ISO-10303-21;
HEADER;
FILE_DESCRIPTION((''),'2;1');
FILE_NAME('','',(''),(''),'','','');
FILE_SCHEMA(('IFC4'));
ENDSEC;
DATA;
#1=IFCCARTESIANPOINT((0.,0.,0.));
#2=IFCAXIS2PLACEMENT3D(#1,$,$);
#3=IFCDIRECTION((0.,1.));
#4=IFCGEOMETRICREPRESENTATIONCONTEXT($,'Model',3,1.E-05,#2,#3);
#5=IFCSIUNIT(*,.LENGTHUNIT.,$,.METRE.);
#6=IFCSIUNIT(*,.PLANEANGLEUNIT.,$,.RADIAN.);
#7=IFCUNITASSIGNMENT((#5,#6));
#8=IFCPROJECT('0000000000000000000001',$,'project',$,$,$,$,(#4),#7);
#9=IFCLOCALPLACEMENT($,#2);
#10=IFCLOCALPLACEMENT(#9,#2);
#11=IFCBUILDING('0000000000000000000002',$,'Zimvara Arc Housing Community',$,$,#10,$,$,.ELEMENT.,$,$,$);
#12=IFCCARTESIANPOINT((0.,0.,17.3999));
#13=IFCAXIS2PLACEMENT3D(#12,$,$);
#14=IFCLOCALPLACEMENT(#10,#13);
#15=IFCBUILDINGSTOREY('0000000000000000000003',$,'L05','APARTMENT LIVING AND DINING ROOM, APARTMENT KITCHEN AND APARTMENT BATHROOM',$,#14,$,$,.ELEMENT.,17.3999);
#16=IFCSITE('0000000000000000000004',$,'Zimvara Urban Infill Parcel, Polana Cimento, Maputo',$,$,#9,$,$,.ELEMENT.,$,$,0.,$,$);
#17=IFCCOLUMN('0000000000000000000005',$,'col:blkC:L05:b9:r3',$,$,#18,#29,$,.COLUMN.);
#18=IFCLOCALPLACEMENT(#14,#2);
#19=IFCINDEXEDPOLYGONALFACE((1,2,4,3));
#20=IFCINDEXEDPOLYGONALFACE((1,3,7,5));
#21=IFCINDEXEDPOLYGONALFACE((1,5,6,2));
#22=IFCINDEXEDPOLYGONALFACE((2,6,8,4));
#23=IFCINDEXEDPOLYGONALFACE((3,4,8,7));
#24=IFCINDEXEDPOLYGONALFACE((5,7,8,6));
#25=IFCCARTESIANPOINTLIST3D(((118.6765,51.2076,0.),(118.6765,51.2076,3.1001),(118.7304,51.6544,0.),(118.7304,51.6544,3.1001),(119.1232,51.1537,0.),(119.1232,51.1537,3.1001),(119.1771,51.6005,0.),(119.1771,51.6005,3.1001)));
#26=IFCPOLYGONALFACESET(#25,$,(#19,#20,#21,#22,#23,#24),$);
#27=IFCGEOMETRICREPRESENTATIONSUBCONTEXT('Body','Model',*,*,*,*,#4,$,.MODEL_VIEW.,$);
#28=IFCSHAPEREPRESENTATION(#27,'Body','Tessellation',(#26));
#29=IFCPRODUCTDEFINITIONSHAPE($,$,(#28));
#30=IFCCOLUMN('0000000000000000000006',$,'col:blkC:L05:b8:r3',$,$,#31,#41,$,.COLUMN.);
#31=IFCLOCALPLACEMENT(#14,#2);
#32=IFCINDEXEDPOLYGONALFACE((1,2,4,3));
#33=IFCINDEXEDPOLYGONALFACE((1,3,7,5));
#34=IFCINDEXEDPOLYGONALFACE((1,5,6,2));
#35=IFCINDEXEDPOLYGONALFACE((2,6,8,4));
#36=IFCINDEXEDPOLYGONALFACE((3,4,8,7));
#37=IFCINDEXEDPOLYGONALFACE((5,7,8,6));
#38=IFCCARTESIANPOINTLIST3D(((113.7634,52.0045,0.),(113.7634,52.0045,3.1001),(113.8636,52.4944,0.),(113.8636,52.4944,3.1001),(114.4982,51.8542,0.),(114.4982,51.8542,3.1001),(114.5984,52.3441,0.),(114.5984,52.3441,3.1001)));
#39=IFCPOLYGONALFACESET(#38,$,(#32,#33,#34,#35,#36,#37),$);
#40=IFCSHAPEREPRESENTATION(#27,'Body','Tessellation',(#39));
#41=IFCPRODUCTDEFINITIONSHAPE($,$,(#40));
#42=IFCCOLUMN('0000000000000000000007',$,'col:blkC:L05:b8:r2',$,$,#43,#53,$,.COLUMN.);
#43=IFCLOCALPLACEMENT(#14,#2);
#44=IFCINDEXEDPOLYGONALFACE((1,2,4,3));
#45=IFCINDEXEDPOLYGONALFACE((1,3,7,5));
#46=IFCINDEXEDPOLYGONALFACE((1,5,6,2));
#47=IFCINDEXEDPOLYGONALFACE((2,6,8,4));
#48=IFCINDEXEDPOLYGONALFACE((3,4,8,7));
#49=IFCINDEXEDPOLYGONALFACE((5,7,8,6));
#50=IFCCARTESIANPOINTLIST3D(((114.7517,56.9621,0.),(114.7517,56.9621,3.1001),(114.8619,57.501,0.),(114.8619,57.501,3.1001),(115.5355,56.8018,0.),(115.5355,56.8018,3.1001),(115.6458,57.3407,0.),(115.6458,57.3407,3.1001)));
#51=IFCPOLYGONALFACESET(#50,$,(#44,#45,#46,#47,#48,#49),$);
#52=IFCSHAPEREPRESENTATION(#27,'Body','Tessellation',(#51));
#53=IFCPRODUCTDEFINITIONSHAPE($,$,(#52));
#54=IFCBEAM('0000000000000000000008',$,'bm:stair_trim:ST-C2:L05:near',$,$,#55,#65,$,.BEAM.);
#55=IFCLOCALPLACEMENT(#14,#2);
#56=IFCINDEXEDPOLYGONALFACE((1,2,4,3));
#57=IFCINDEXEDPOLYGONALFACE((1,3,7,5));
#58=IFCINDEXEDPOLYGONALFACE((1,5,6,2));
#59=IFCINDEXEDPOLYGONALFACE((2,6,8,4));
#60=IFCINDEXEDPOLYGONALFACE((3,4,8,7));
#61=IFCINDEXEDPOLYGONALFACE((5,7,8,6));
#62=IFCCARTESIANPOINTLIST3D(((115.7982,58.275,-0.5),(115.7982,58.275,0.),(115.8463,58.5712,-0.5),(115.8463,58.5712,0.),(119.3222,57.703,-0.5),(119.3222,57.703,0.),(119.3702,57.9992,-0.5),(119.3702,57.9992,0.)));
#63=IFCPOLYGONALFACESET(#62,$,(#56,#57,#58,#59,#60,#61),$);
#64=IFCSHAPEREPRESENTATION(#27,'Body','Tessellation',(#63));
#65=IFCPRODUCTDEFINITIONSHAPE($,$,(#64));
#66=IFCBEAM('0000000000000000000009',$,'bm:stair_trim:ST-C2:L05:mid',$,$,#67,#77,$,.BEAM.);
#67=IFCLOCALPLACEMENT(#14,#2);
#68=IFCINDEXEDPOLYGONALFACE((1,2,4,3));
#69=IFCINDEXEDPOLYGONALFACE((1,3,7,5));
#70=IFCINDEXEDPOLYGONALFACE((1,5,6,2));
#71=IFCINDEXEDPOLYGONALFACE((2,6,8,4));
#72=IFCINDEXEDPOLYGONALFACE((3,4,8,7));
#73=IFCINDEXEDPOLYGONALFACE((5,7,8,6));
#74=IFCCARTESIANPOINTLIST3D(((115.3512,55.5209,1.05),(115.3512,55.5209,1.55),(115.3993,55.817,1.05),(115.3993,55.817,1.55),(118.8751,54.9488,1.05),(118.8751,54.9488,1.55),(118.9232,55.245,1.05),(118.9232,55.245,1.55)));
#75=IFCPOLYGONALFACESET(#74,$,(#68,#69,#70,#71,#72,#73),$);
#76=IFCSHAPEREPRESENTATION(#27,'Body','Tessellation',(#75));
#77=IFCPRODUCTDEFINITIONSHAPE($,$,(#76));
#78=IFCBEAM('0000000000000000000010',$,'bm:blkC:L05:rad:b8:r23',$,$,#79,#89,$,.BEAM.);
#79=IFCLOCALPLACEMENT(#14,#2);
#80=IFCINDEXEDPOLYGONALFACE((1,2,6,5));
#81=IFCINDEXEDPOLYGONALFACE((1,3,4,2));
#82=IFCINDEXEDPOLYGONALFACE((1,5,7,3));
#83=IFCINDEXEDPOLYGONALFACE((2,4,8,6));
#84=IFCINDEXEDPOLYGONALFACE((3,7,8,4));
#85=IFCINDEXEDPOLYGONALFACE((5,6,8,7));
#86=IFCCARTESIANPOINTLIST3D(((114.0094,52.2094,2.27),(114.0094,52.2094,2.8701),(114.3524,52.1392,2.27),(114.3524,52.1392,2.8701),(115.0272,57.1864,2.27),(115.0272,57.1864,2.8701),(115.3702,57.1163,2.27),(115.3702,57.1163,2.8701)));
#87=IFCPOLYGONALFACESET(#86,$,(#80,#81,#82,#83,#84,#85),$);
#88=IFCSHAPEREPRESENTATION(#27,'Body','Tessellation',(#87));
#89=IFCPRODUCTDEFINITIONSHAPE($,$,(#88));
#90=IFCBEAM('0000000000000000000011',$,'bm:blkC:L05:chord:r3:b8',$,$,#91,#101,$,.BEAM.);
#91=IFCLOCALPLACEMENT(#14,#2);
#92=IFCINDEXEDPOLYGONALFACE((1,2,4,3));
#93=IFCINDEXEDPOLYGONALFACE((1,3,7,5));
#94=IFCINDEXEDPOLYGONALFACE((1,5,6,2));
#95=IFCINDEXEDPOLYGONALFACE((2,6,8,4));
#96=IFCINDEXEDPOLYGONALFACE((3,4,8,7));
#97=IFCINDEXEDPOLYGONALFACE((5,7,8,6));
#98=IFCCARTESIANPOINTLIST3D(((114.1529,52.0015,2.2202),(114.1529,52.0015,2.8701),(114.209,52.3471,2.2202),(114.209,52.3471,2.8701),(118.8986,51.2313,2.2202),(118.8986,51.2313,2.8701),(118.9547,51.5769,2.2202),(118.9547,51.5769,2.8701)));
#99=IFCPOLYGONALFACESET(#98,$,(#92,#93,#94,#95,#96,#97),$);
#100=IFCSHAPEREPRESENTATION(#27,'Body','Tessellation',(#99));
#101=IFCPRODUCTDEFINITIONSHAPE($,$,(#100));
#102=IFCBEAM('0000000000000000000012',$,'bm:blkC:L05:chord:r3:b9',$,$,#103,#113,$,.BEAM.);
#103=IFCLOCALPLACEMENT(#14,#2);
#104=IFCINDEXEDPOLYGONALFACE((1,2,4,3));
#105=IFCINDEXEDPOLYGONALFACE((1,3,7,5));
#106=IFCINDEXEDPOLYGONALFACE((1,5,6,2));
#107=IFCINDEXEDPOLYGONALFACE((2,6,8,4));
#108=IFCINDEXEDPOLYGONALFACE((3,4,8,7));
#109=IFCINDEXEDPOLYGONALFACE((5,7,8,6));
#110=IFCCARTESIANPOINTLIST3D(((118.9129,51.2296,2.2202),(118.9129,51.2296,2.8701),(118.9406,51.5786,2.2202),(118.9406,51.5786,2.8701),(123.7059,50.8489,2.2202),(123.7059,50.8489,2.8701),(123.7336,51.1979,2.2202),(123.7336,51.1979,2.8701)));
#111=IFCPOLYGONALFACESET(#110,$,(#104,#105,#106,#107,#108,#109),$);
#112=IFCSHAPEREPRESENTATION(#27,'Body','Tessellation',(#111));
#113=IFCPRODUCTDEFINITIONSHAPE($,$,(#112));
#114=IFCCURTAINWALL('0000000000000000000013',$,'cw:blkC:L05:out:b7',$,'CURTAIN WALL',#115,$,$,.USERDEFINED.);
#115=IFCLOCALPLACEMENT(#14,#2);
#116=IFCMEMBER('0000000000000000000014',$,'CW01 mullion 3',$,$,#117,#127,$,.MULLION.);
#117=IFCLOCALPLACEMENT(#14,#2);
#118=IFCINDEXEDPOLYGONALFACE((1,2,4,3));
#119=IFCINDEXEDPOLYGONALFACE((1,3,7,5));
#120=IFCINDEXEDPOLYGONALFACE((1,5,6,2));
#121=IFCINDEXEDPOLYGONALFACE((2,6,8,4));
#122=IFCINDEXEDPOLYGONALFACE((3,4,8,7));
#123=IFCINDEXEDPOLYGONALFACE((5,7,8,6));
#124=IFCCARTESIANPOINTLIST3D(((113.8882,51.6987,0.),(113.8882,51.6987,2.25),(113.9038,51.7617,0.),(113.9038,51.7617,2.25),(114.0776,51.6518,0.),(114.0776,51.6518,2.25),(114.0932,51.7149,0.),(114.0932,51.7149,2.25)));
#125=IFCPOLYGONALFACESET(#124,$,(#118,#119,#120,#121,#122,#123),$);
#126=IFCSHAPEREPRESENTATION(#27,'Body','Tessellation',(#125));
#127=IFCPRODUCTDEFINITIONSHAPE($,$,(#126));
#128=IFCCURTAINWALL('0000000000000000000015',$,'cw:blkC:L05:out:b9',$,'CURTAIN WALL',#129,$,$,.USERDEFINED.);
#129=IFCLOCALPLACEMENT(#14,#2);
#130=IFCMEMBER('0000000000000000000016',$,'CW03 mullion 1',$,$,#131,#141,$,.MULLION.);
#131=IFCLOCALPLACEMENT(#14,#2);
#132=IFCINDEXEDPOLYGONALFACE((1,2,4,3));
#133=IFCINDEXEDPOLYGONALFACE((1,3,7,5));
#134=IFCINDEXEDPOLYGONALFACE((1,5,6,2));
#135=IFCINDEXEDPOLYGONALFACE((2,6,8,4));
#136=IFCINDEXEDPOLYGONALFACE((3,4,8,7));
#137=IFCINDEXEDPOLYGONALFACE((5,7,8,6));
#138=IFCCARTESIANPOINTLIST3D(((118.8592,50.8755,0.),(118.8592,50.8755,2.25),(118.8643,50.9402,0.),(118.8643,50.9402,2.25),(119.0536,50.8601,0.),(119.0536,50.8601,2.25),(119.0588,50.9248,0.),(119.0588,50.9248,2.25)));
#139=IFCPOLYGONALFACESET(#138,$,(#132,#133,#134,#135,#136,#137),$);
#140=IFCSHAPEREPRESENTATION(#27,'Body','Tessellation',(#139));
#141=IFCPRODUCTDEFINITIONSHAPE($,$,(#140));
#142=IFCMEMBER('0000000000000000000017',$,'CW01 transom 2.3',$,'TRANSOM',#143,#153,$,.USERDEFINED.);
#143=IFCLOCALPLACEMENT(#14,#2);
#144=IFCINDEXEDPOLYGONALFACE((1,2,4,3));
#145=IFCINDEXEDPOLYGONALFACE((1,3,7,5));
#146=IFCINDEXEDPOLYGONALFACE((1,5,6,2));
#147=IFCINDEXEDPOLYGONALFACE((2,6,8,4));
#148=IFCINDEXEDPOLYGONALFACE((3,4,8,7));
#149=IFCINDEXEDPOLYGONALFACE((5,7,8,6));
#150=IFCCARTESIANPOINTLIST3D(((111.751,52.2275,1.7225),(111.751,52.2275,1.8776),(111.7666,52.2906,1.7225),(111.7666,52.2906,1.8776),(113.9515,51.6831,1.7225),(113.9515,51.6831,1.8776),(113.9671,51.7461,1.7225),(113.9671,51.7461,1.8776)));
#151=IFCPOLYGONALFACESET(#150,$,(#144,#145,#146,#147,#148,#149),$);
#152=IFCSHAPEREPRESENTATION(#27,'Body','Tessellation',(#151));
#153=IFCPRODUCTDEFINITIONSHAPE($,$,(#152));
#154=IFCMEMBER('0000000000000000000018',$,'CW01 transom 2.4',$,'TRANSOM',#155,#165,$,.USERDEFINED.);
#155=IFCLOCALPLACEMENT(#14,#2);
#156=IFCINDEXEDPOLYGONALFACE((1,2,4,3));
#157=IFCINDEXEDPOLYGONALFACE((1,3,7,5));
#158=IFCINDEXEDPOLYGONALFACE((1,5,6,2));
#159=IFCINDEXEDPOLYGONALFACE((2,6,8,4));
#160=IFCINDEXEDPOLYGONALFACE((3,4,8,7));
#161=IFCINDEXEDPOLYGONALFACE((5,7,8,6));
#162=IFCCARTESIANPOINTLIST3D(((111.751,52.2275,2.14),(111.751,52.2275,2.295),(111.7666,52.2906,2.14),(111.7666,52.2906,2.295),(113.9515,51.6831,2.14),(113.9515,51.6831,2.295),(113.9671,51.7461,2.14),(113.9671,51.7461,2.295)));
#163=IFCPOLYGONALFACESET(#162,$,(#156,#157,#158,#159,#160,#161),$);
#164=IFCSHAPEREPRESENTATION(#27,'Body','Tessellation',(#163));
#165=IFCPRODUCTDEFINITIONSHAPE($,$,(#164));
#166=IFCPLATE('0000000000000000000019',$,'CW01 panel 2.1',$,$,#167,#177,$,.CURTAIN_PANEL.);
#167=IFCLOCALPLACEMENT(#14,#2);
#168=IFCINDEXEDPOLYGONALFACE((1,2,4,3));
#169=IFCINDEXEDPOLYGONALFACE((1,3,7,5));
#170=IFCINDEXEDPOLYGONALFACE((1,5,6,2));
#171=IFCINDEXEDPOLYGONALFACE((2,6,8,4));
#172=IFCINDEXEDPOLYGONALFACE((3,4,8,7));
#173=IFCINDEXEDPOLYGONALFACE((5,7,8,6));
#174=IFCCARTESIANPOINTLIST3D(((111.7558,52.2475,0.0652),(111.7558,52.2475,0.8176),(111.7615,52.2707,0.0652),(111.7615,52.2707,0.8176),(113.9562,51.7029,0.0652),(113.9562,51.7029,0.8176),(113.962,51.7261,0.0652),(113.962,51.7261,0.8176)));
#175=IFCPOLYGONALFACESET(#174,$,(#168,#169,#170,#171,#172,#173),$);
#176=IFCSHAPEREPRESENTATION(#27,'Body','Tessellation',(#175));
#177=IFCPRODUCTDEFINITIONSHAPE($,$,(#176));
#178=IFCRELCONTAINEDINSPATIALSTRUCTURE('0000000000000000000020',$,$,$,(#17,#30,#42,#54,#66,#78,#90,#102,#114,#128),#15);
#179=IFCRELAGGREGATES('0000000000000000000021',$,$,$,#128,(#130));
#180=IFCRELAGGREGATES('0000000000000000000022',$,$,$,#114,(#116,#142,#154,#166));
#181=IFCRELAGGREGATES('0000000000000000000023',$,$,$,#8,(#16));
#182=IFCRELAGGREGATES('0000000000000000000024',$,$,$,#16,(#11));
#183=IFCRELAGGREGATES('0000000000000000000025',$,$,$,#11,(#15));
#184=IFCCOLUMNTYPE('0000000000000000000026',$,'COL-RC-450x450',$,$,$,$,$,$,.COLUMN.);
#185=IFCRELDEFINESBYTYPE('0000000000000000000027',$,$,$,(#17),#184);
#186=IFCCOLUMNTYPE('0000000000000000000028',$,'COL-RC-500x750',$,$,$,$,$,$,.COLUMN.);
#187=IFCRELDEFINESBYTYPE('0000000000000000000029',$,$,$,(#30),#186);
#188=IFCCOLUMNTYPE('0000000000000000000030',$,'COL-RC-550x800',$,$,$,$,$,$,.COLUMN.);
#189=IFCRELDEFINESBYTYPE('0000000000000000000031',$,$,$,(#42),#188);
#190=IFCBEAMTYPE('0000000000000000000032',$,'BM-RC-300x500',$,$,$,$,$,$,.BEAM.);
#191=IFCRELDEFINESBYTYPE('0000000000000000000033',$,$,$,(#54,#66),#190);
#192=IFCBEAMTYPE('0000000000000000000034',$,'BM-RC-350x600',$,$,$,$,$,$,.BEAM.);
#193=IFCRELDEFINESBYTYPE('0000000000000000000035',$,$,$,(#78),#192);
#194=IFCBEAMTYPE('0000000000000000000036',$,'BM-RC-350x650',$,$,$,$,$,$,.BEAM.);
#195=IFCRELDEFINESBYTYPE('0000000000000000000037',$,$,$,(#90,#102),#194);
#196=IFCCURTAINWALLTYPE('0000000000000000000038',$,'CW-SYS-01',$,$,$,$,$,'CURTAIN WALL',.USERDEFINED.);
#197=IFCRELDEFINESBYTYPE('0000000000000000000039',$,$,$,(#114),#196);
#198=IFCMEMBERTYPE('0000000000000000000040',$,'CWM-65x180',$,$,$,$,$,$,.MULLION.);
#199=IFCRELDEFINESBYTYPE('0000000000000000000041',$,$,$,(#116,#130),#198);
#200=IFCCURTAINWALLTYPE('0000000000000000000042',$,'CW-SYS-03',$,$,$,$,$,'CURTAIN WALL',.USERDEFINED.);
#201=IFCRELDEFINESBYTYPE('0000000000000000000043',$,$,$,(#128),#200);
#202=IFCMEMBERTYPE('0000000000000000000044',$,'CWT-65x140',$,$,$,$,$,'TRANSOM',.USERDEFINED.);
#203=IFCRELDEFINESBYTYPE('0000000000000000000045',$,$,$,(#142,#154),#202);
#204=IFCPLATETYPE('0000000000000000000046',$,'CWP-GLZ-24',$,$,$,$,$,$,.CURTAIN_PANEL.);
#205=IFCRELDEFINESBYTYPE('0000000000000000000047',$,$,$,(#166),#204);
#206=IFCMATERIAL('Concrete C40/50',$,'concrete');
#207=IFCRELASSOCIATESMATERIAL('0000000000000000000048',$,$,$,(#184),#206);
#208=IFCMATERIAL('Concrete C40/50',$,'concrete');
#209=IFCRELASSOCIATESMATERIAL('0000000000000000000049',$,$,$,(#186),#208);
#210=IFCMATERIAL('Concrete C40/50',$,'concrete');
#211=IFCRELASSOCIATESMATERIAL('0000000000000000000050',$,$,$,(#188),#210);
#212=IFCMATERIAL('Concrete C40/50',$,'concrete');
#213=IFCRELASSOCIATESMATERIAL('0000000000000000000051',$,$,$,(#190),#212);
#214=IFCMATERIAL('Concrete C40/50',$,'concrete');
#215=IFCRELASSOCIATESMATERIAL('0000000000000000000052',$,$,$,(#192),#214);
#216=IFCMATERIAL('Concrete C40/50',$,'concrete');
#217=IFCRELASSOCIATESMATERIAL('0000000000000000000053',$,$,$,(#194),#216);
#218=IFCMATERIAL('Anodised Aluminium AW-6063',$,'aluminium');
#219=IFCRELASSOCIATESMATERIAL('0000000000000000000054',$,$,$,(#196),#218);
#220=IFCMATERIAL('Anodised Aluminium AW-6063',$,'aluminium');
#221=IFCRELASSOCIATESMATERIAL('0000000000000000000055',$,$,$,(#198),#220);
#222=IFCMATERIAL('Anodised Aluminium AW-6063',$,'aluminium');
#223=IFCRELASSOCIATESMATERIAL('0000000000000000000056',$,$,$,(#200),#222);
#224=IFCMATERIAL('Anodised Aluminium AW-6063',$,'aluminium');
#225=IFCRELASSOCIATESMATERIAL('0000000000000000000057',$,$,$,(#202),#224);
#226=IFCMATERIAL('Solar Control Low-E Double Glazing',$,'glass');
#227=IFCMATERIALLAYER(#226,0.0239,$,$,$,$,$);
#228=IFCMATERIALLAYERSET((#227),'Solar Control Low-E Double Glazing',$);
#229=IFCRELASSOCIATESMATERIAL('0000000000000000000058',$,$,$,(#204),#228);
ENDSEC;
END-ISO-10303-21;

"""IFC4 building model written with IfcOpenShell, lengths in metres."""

from ifc_helpers import new_model, si_unit, direction, frame, origin, origin_2d, place, context, subcontext, project, spatial, rectangle, extrude, material, layer, layer_set, material_profile, profile_set, type_object, element, aggregate, save


model = new_model("IFC4")

# Units and contexts
model_context = context("Model", 3, precision=1e-05, world=origin(), true_north=direction((0.0, 1.0)))
body_context = subcontext(model_context, "Body", "Model", "MODEL_VIEW")
ifc_project = project(units=[si_unit("LENGTHUNIT", "METRE"), si_unit("PLANEANGLEUNIT", "RADIAN")], contexts=[model_context])

# Site, building, storey
site_placement = place(None, origin())
site = spatial("IfcSite", under=ifc_project, at=site_placement, Name="Zimvara Urban Infill Parcel, Polana Cimento, Maputo", CompositionType="ELEMENT", RefElevation=0.0)
building_placement = place(site_placement, origin())
building = spatial("IfcBuilding", under=site, at=building_placement, Name="Zimvara Arc Housing Community", CompositionType="ELEMENT")
storey_placement = place(building_placement, frame((0.0, 0.0, 17.3999)))
storey = spatial("IfcBuildingStorey", under=building, at=storey_placement, Name="L05", Description="APARTMENT LIVING AND DINING ROOM, APARTMENT KITCHEN AND APARTMENT BATHROOM", CompositionType="ELEMENT", Elevation=17.3999)

# Columns
ifc_material_1 = material(Name="Concrete C40/50", Category="concrete")
ifc_material_profile_1 = material_profile(ifc_material_1, rectangle(XDim=0.45, YDim=0.45, at=origin_2d()), Name="RC 450x450")
ifc_profile_set_1 = profile_set([ifc_material_profile_1], Name="Concrete C40/50")
column_type_1 = type_object("IfcColumnType", Name="COL-RC-450x450", PredefinedType="COLUMN", material=ifc_profile_set_1)
column_1_placement = place(storey_placement, frame((118.9268, 51.4041, 0.0), z_axis=(0.0, 0.0, 1.0), x_axis=(-0.11979, -0.992799, 0.0)))
element("IfcColumn", 1, at=column_1_placement, inside=storey, type_object=column_type_1, Name="col:blkC:L05:b9:r3", PredefinedType="COLUMN", context=body_context, shape_type="SweptSolid", body=[
    extrude(rectangle(XDim=0.45, YDim=0.45, at=origin_2d()), origin(), (0.0, 0.0, 1.0), 3.1001),
])
ifc_material_2 = material(Name="Concrete C40/50", Category="concrete")
ifc_material_profile_2 = material_profile(ifc_material_2, rectangle(XDim=0.5, YDim=0.75, at=origin_2d()), Name="RC 500x750")
ifc_profile_set_2 = profile_set([ifc_material_profile_2], Name="Concrete C40/50")
column_type_2 = type_object("IfcColumnType", Name="COL-RC-500x750", PredefinedType="COLUMN", material=ifc_profile_set_2)
column_2_placement = place(storey_placement, frame((114.1809, 52.1743, 0.0), z_axis=(0.0, 0.0, 1.0), x_axis=(-0.200394, -0.979715, 0.0)))
element("IfcColumn", 2, at=column_2_placement, inside=storey, type_object=column_type_2, Name="col:blkC:L05:b8:r3", PredefinedType="COLUMN", context=body_context, shape_type="SweptSolid", body=[
    extrude(rectangle(XDim=0.5, YDim=0.75, at=origin_2d()), origin(), (0.0, 0.0, 1.0), 3.1001),
])
ifc_material_3 = material(Name="Concrete C40/50", Category="concrete")
ifc_material_profile_3 = material_profile(ifc_material_3, rectangle(XDim=0.55, YDim=0.8, at=origin_2d()), Name="RC 550x800")
ifc_profile_set_3 = profile_set([ifc_material_profile_3], Name="Concrete C40/50")
column_type_3 = type_object("IfcColumnType", Name="COL-RC-550x800", PredefinedType="COLUMN", material=ifc_profile_set_3)
column_3_placement = place(storey_placement, frame((115.1987, 57.1514, 0.0), z_axis=(0.0, 0.0, 1.0), x_axis=(-0.200394, -0.979715, 0.0)))
element("IfcColumn", 3, at=column_3_placement, inside=storey, type_object=column_type_3, Name="col:blkC:L05:b8:r2", PredefinedType="COLUMN", context=body_context, shape_type="SweptSolid", body=[
    extrude(rectangle(XDim=0.55, YDim=0.8, at=origin_2d()), origin(), (0.0, 0.0, 1.0), 3.1001),
])

# Beams
ifc_material_4 = material(Name="Concrete C40/50", Category="concrete")
ifc_material_profile_4 = material_profile(ifc_material_4, rectangle(XDim=0.3, YDim=0.5, at=origin_2d()), Name="RC 300x500")
ifc_profile_set_4 = profile_set([ifc_material_profile_4], Name="Concrete C40/50")
beam_type_1 = type_object("IfcBeamType", Name="BM-RC-300x500", PredefinedType="BEAM", material=ifc_profile_set_4)
for number, where, z_axis, x_axis, name in (
    (4, (115.8223, 58.4231, -0.25), (0.98708, -0.160228, 0.0), (0.160228, 0.98708, 0.0), "bm:stair_trim:ST-C2:L05:near"),
    (5, (115.3752, 55.6689, 1.3), (0.98708, -0.160228, 0.0), (0.160228, 0.98708, 0.0), "bm:stair_trim:ST-C2:L05:mid"),
):
    element("IfcBeam", number, at=place(storey_placement, frame(where, z_axis=z_axis, x_axis=x_axis)), inside=storey, type_object=beam_type_1, Name=name, PredefinedType="BEAM", context=body_context, shape_type="SweptSolid", body=[
        extrude(rectangle(XDim=0.3, YDim=0.5, at=origin_2d()), origin(), (0.0, 0.0, 1.0), 3.5701),
    ])
ifc_material_5 = material(Name="Concrete C40/50", Category="concrete")
ifc_material_profile_5 = material_profile(ifc_material_5, rectangle(XDim=0.3501, YDim=0.6001, at=origin_2d()), Name="RC 350x600")
ifc_profile_set_5 = profile_set([ifc_material_profile_5], Name="Concrete C40/50")
beam_type_2 = type_object("IfcBeamType", Name="BM-RC-350x600", PredefinedType="BEAM", material=ifc_profile_set_5)
beam_1_placement = place(storey_placement, frame((115.1987, 57.1514, 2.5701), z_axis=(-0.200356, -0.979723, 0.0), x_axis=(0.979723, -0.200356, 0.0)))
element("IfcBeam", 6, at=beam_1_placement, inside=storey, type_object=beam_type_2, Name="bm:blkC:L05:rad:b8:r23", PredefinedType="BEAM", context=body_context, shape_type="SweptSolid", body=[
    extrude(rectangle(XDim=0.3501, YDim=0.6001, at=origin_2d()), origin(), (0.0, 0.0, 1.0), 5.0801),
])
ifc_material_6 = material(Name="Concrete C40/50", Category="concrete")
ifc_material_profile_6 = material_profile(ifc_material_6, rectangle(XDim=0.3501, YDim=0.6499, at=origin_2d()), Name="RC 350x650")
ifc_profile_set_6 = profile_set([ifc_material_profile_6], Name="Concrete C40/50")
beam_type_3 = type_object("IfcBeamType", Name="BM-RC-350x650", PredefinedType="BEAM", material=ifc_profile_set_6)
beam_2_placement = place(storey_placement, frame((114.1809, 52.1743, 2.5452), z_axis=(0.987084, -0.160206, 0.0), x_axis=(0.160206, 0.987084, 0.0)))
element("IfcBeam", 7, at=beam_2_placement, inside=storey, type_object=beam_type_3, Name="bm:blkC:L05:chord:r3:b8", PredefinedType="BEAM", context=body_context, shape_type="SweptSolid", body=[
    extrude(rectangle(XDim=0.3501, YDim=0.6499, at=origin_2d()), origin(), (0.0, 0.0, 1.0), 4.8079),
])
beam_3_placement = place(storey_placement, frame((118.9268, 51.4041, 2.5452), z_axis=(0.996862, -0.079162, 0.0), x_axis=(0.079162, 0.996862, 0.0)))
element("IfcBeam", 8, at=beam_3_placement, inside=storey, type_object=beam_type_3, Name="bm:blkC:L05:chord:r3:b9", PredefinedType="BEAM", context=body_context, shape_type="SweptSolid", body=[
    extrude(rectangle(XDim=0.3501, YDim=0.6499, at=origin_2d()), origin(), (0.0, 0.0, 1.0), 4.8081),
])

# Curtain walls, members
ifc_material_7 = material(Name="Anodised Aluminium AW-6063", Category="aluminium")
curtain_wall_type_1 = type_object("IfcCurtainWallType", Name="CW-SYS-01", ElementType="CURTAIN WALL", PredefinedType="USERDEFINED", material=ifc_material_7)
curtain_wall_1_placement = place(storey_placement, origin())
curtain_wall_1 = element("IfcCurtainWall", 9, at=curtain_wall_1_placement, inside=storey, type_object=curtain_wall_type_1, Name="cw:blkC:L05:out:b7", ObjectType="CURTAIN WALL", PredefinedType="USERDEFINED")
ifc_material_8 = material(Name="Anodised Aluminium AW-6063", Category="aluminium")
ifc_material_profile_7 = material_profile(ifc_material_8, rectangle(XDim=0.0649, YDim=0.1951, at=origin_2d()), Name="ALU 65x195")
ifc_profile_set_7 = profile_set([ifc_material_profile_7], Name="Anodised Aluminium AW-6063")
member_type_1 = type_object("IfcMemberType", Name="CWM-65x180", PredefinedType="MULLION", material=ifc_profile_set_7)
member_1_placement = place(storey_placement, frame((113.9907, 51.7068, 0.0), z_axis=(0.0, 0.0, 1.0), x_axis=(0.24023, 0.970716, 0.0)))
member_1 = element("IfcMember", 10, at=member_1_placement, type_object=member_type_1, Name="CW01 mullion 3", PredefinedType="MULLION", context=body_context, shape_type="SweptSolid", body=[
    extrude(rectangle(XDim=0.0649, YDim=0.1951, at=origin_2d()), origin(), (0.0, 0.0, 1.0), 2.25),
])
ifc_material_9 = material(Name="Anodised Aluminium AW-6063", Category="aluminium")
curtain_wall_type_2 = type_object("IfcCurtainWallType", Name="CW-SYS-03", ElementType="CURTAIN WALL", PredefinedType="USERDEFINED", material=ifc_material_9)
curtain_wall_2_placement = place(storey_placement, origin())
curtain_wall_2 = element("IfcCurtainWall", 11, at=curtain_wall_2_placement, inside=storey, type_object=curtain_wall_type_2, Name="cw:blkC:L05:out:b9", ObjectType="CURTAIN WALL", PredefinedType="USERDEFINED")
member_2_placement = place(storey_placement, frame((118.959, 50.9001, 0.0), z_axis=(0.0, 0.0, 1.0), x_axis=(0.079154, 0.996862, 0.0)))
member_2 = element("IfcMember", 12, at=member_2_placement, type_object=member_type_1, Name="CW03 mullion 1", PredefinedType="MULLION", context=body_context, shape_type="SweptSolid", body=[
    extrude(rectangle(XDim=0.0649, YDim=0.1951, at=origin_2d()), origin(), (0.0, 0.0, 1.0), 2.25),
])
aggregate(curtain_wall_2, [member_2])

# Members
ifc_material_10 = material(Name="Anodised Aluminium AW-6063", Category="aluminium")
ifc_material_profile_8 = material_profile(ifc_material_10, rectangle(XDim=0.0649, YDim=0.155, at=origin_2d()), Name="ALU 65x155")
ifc_profile_set_8 = profile_set([ifc_material_profile_8], Name="Anodised Aluminium AW-6063")
member_type_2 = type_object("IfcMemberType", Name="CWT-65x140", ElementType="TRANSOM", PredefinedType="USERDEFINED", material=ifc_profile_set_8)
member_3_placement = place(storey_placement, frame((111.7588, 52.259, 1.8), z_axis=(0.970729, -0.240178, 0.0), x_axis=(0.240178, 0.970729, 0.0)))
member_3 = element("IfcMember", 13, at=member_3_placement, type_object=member_type_2, Name="CW01 transom 2.3", ObjectType="TRANSOM", PredefinedType="USERDEFINED", context=body_context, shape_type="SweptSolid", body=[
    extrude(rectangle(XDim=0.0649, YDim=0.155, at=origin_2d()), origin(), (0.0, 0.0, 1.0), 2.2668),
])
member_4_placement = place(storey_placement, frame((111.7588, 52.259, 2.2175), z_axis=(0.970729, -0.240178, 0.0), x_axis=(0.240178, 0.970729, 0.0)))
member_4 = element("IfcMember", 14, at=member_4_placement, type_object=member_type_2, Name="CW01 transom 2.4", ObjectType="TRANSOM", PredefinedType="USERDEFINED", context=body_context, shape_type="SweptSolid", body=[
    extrude(rectangle(XDim=0.0649, YDim=0.155, at=origin_2d()), origin(), (0.0, 0.0, 1.0), 2.2668),
])

# Plate
ifc_material_11 = material(Name="Solar Control Low-E Double Glazing", Category="glass")
ifc_layer_1 = layer(ifc_material_11, 0.0239)
ifc_layer_set_1 = layer_set([ifc_layer_1], Name="Solar Control Low-E Double Glazing")
plate_type = type_object("IfcPlateType", Name="CWP-GLZ-24", PredefinedType="CURTAIN_PANEL", material=ifc_layer_set_1)
plate_1_placement = place(storey_placement, frame((112.8589, 51.9868, 0.0652), z_axis=(0.0, 0.0, 1.0), x_axis=(0.970716, -0.24023, 0.0)))
plate_1 = element("IfcPlate", 15, at=plate_1_placement, type_object=plate_type, Name="CW01 panel 2.1", PredefinedType="CURTAIN_PANEL", context=body_context, shape_type="SweptSolid", body=[
    extrude(rectangle(XDim=2.2668, YDim=0.0239, at=origin_2d()), origin(), (0.0, 0.0, 1.0), 0.7524),
])
aggregate(curtain_wall_1, [member_1, member_3, member_4, plate_1])

save(model, "model.ifc")
